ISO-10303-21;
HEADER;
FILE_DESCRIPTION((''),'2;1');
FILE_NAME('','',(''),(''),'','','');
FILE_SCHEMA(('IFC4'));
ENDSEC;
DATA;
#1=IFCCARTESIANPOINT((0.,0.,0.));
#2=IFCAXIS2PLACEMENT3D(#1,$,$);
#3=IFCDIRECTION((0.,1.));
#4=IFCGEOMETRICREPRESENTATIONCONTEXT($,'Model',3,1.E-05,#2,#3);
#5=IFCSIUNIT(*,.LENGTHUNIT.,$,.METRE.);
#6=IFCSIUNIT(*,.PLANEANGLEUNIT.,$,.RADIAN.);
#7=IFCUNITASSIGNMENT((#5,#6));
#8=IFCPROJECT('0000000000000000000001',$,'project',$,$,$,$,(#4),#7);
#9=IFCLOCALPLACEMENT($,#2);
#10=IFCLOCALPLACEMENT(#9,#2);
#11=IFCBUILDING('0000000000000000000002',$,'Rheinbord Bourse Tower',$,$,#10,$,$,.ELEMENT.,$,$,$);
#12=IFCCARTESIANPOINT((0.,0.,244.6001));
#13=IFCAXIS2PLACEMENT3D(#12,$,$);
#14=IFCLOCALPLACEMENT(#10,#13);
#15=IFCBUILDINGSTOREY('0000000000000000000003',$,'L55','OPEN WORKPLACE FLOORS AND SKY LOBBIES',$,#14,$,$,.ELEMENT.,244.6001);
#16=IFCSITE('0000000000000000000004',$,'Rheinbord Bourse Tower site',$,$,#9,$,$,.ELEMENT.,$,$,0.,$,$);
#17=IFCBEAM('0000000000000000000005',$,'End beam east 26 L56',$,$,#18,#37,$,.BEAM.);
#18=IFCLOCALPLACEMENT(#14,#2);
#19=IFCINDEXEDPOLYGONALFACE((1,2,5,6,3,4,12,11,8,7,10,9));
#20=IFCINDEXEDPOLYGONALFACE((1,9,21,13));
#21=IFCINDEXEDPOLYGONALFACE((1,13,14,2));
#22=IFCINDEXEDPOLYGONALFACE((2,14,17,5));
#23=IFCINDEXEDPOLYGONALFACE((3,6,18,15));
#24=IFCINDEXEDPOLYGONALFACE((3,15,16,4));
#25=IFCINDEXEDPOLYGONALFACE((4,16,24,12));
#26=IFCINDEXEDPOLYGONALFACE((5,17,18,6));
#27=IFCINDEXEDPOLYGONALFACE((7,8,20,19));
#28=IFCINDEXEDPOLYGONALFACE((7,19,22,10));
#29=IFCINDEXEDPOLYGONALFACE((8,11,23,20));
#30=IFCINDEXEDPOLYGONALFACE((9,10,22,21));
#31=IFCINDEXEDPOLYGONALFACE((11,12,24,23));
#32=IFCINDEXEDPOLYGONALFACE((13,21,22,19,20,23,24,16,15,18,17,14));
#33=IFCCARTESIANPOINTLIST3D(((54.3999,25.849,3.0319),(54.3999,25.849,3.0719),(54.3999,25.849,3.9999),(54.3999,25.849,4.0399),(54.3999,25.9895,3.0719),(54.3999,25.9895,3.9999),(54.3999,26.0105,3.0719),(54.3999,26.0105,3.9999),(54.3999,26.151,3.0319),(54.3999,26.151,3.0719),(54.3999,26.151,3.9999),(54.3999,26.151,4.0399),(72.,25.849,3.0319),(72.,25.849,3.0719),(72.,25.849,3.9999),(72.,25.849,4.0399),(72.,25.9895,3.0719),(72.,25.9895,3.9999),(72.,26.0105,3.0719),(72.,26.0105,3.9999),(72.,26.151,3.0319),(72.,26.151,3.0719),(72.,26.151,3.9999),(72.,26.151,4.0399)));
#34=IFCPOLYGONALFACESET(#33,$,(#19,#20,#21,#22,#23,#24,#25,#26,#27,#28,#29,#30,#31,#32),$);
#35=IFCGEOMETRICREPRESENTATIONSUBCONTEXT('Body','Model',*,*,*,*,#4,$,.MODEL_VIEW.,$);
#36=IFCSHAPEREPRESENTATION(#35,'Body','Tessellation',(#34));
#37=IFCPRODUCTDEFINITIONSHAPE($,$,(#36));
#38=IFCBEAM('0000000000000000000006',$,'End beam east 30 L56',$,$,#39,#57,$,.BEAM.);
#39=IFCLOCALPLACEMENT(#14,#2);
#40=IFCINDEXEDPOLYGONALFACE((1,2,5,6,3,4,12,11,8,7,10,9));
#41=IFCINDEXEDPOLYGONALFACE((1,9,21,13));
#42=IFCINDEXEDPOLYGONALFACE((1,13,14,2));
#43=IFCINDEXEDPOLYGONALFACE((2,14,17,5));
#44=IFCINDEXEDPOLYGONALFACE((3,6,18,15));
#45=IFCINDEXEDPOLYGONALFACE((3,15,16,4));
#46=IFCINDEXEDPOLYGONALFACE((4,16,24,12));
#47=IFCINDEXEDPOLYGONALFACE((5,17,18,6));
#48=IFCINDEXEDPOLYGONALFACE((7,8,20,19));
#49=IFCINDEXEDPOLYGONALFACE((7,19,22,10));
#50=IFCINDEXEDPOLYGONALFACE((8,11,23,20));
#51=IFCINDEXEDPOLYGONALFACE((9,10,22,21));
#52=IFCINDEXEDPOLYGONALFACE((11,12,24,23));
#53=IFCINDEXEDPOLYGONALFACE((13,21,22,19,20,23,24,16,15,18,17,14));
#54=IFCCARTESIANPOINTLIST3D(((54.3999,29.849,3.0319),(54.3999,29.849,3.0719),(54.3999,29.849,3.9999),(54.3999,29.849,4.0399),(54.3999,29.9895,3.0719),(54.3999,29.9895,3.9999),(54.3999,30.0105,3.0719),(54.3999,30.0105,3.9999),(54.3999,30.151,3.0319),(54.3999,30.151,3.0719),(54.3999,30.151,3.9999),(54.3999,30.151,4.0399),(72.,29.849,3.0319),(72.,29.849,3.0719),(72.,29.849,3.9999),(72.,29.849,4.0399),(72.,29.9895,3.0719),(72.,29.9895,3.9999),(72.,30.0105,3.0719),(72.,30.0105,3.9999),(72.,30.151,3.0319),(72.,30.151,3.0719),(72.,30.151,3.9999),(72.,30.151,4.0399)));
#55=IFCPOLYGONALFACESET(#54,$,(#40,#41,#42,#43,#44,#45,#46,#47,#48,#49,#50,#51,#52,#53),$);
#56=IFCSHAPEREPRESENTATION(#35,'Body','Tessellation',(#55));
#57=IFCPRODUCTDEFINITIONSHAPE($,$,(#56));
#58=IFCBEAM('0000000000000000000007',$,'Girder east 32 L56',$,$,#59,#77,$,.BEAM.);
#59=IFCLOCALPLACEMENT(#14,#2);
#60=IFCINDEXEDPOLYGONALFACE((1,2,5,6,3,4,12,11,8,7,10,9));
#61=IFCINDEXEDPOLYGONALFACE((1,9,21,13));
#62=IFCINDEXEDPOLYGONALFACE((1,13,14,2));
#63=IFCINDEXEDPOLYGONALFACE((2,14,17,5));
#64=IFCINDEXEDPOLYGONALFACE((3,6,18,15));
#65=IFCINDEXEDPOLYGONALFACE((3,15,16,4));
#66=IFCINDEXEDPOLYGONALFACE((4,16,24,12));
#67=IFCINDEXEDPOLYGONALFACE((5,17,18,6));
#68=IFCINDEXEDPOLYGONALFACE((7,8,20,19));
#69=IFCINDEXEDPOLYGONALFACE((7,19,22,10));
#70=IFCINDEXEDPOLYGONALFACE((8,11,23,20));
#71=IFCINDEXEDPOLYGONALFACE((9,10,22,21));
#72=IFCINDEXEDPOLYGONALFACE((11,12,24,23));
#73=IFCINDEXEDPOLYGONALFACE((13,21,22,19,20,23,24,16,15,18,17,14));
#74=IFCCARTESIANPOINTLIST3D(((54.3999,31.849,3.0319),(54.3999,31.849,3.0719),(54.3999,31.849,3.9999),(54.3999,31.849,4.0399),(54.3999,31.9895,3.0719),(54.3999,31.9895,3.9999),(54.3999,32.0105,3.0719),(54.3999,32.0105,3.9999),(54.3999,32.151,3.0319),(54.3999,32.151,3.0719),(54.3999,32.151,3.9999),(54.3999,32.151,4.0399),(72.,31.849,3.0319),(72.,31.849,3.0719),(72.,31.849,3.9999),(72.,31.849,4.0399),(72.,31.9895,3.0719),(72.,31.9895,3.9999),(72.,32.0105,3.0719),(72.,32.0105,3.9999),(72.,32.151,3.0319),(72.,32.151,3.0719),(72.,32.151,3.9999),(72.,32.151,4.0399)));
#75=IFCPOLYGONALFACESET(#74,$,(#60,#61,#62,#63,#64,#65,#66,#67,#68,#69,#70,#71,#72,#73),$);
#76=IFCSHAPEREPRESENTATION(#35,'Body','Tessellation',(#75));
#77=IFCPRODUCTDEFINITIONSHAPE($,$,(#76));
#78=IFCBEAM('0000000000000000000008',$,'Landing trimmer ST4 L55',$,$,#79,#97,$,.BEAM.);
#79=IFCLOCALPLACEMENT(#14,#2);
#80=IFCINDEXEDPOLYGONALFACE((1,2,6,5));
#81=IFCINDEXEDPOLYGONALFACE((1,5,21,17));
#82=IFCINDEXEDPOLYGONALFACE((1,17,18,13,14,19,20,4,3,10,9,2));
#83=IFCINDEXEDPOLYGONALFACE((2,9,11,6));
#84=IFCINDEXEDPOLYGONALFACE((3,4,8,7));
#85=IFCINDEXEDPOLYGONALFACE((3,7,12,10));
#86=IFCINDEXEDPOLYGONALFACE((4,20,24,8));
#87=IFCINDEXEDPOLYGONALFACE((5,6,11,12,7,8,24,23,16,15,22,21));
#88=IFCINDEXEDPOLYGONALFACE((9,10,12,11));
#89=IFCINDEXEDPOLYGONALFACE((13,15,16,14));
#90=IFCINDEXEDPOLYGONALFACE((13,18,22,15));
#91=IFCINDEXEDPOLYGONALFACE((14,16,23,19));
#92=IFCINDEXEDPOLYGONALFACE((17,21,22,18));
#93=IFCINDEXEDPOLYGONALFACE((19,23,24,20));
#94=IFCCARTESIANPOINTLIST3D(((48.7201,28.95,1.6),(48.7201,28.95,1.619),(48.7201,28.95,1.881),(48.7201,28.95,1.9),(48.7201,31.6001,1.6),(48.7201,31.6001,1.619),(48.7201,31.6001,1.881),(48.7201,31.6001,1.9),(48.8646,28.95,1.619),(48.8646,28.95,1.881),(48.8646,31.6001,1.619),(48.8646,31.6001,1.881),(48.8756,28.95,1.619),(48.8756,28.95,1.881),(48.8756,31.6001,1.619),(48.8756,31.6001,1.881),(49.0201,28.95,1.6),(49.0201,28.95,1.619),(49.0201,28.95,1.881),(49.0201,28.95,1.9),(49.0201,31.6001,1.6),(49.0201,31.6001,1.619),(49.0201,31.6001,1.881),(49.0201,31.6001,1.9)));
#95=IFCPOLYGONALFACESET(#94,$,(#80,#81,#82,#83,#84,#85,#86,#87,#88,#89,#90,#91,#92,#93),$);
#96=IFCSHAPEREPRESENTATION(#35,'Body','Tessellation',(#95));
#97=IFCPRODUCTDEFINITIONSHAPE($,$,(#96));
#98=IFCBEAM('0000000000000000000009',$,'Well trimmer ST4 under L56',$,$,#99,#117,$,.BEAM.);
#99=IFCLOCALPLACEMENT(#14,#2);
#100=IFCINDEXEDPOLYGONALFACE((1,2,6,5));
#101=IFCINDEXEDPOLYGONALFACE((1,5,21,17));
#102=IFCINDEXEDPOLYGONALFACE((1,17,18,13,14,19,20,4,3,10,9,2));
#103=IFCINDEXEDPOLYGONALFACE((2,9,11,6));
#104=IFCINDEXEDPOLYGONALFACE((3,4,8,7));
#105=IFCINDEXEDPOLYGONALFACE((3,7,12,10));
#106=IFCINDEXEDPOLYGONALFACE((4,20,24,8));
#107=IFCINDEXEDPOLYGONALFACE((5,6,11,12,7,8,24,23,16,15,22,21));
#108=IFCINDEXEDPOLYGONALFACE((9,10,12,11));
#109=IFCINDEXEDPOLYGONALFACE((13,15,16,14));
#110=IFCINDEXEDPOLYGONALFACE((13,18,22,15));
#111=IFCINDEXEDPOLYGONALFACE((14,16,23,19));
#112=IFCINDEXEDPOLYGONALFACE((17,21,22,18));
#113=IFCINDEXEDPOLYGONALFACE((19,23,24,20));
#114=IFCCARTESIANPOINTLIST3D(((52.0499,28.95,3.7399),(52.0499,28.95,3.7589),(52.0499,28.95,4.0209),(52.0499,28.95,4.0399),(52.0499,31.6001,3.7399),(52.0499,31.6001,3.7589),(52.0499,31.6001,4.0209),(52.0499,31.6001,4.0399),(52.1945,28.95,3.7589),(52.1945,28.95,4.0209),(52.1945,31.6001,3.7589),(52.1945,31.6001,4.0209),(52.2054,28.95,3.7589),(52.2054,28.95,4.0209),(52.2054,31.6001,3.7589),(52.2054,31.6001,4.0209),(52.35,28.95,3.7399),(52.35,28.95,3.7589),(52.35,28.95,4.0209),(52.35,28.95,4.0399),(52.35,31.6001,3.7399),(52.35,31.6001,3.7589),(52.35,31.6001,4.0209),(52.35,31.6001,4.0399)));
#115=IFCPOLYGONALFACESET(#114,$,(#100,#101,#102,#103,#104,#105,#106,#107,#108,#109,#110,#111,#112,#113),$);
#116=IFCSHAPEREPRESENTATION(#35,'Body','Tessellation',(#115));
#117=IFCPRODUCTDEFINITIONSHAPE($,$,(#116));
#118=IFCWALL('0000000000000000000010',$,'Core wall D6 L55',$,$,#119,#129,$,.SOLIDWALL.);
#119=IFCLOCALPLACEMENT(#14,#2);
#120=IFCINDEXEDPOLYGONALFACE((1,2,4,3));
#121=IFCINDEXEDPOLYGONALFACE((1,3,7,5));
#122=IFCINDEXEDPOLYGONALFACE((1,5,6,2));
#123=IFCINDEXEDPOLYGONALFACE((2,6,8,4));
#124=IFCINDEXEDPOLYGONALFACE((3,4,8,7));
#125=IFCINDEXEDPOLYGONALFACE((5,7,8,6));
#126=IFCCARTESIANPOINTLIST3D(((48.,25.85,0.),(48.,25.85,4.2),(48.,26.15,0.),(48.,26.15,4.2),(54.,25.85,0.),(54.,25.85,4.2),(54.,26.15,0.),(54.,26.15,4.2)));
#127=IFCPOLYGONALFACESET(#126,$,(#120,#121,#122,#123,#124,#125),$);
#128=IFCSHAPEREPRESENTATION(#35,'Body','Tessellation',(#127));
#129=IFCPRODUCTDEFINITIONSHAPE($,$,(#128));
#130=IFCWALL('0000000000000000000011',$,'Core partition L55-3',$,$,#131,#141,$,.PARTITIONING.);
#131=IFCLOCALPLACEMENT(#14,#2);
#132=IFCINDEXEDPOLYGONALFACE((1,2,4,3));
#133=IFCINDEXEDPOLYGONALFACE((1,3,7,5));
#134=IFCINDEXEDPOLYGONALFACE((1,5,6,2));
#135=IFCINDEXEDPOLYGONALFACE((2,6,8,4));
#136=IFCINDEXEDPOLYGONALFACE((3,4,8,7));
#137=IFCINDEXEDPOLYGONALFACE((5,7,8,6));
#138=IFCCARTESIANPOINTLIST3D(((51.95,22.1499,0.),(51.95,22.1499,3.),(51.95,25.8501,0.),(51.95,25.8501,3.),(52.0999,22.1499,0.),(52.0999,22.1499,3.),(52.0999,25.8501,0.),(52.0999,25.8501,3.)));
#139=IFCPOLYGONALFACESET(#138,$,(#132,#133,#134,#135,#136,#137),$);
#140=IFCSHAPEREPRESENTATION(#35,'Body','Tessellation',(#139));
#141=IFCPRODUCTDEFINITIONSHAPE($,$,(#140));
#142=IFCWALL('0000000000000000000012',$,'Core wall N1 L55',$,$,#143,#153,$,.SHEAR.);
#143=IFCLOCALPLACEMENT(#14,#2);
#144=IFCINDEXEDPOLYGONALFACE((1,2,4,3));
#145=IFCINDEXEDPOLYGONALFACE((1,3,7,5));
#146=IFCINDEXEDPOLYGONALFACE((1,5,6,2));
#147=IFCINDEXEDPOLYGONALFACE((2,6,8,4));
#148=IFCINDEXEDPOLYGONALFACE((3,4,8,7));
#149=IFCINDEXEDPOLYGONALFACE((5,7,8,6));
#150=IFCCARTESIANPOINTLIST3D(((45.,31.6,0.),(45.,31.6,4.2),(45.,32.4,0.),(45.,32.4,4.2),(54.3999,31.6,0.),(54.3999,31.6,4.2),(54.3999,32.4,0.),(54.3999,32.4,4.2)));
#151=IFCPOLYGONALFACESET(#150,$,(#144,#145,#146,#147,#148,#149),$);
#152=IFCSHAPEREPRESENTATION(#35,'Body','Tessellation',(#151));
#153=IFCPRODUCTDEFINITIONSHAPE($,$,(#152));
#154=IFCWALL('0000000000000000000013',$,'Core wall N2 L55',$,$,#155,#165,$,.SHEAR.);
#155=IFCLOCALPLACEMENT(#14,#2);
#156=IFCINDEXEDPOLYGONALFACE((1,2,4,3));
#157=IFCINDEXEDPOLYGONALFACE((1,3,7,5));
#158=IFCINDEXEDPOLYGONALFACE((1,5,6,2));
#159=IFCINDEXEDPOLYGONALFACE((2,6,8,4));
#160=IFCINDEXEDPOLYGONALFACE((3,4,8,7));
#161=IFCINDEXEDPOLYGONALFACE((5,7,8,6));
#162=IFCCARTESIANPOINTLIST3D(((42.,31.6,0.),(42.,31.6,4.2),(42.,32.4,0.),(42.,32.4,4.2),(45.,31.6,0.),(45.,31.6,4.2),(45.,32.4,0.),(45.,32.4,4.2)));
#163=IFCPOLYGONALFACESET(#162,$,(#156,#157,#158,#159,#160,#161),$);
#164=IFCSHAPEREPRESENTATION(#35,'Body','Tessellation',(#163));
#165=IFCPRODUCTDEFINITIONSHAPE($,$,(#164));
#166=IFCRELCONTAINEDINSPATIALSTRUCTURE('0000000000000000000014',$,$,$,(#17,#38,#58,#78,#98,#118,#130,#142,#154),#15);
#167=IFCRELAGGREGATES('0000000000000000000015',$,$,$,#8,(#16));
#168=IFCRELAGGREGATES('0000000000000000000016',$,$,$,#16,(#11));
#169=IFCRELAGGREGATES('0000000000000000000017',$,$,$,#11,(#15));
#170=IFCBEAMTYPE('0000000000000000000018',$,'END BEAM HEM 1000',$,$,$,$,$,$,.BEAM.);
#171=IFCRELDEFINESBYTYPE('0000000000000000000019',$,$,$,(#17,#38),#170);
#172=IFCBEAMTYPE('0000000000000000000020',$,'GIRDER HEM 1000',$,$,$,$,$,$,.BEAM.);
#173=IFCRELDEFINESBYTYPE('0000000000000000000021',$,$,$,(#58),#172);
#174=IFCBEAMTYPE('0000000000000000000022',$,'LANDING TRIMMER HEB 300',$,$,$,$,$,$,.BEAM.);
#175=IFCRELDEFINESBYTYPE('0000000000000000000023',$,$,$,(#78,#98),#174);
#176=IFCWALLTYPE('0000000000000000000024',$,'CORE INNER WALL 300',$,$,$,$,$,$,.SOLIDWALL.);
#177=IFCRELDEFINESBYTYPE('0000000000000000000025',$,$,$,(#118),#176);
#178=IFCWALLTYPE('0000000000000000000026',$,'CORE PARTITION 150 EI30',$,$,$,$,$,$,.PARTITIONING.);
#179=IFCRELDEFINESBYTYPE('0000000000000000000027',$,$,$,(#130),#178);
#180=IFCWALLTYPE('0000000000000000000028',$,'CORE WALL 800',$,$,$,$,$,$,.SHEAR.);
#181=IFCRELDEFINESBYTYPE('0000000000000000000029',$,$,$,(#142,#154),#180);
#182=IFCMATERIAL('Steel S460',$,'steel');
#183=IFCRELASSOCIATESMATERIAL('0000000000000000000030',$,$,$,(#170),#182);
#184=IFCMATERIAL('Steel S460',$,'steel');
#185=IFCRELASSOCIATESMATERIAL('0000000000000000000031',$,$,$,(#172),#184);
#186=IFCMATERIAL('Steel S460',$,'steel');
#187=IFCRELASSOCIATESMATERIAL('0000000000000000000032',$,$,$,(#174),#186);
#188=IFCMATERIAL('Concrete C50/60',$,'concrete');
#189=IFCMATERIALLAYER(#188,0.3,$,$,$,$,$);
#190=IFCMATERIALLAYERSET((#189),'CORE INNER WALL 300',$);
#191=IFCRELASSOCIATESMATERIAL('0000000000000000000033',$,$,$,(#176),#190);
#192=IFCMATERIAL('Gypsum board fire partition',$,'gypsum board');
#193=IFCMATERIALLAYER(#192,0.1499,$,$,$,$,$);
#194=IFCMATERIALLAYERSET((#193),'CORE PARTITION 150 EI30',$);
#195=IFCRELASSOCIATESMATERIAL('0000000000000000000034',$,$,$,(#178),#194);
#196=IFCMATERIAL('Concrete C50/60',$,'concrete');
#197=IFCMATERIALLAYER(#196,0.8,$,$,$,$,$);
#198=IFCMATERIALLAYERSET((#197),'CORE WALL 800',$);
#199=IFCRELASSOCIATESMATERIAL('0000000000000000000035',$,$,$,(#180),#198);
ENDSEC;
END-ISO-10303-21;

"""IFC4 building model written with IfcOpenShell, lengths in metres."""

from ifc_helpers import new_model, si_unit, direction, frame, frame_2d, origin, origin_2d, place, context, subcontext, project, spatial, rectangle, i_section, extrude, material, layer, layer_set, material_profile, profile_set, type_object, element, save


model = new_model("IFC4")

# Units and contexts
model_context = context("Model", 3, precision=1e-05, world=origin(), true_north=direction((0.0, 1.0)))
body_context = subcontext(model_context, "Body", "Model", "MODEL_VIEW")
ifc_project = project(units=[si_unit("LENGTHUNIT", "METRE"), si_unit("PLANEANGLEUNIT", "RADIAN")], contexts=[model_context])

# Site, building, storey
site_placement = place(None, origin())
site = spatial("IfcSite", under=ifc_project, at=site_placement, Name="Rheinbord Bourse Tower site", CompositionType="ELEMENT", RefElevation=0.0)
building_placement = place(site_placement, origin())
building = spatial("IfcBuilding", under=site, at=building_placement, Name="Rheinbord Bourse Tower", CompositionType="ELEMENT")
storey_placement = place(building_placement, frame((0.0, 0.0, 244.6001)))
storey = spatial("IfcBuildingStorey", under=building, at=storey_placement, Name="L55", Description="OPEN WORKPLACE FLOORS AND SKY LOBBIES", CompositionType="ELEMENT", Elevation=244.6001)

# Beams
ifc_material_1 = material(Name="Steel S460", Category="steel")
ifc_material_profile_1 = material_profile(ifc_material_1, i_section(OverallWidth=0.302, OverallDepth=1.0081, WebThickness=0.021, FlangeThickness=0.04, at=origin_2d()), Name="HEM 1000")
ifc_profile_set_1 = profile_set([ifc_material_profile_1], Name="Steel S460")
beam_type_1 = type_object("IfcBeamType", Name="END BEAM HEM 1000", PredefinedType="BEAM", material=ifc_profile_set_1)
for number, where, z_axis, x_axis, name in (
    (1, (54.3999, 26.0, 3.5359), (1.0, 0.0, 0.0), (0.0, 1.0, 0.0), "End beam east 26 L56"),
    (2, (54.3999, 30.0, 3.5359), (1.0, 0.0, 0.0), (0.0, 1.0, 0.0), "End beam east 30 L56"),
):
    element("IfcBeam", number, at=place(storey_placement, frame(where, z_axis=z_axis, x_axis=x_axis)), inside=storey, type_object=beam_type_1, Name=name, PredefinedType="BEAM", context=body_context, shape_type="SweptSolid", body=[
        extrude(i_section(OverallWidth=0.302, OverallDepth=1.0081, WebThickness=0.021, FlangeThickness=0.04, at=origin_2d()), origin(), (0.0, 0.0, 1.0), 17.6001),
    ])
ifc_material_2 = material(Name="Steel S460", Category="steel")
ifc_material_profile_2 = material_profile(ifc_material_2, i_section(OverallWidth=0.302, OverallDepth=1.0081, WebThickness=0.021, FlangeThickness=0.04, at=origin_2d()), Name="HEM 1000")
ifc_profile_set_2 = profile_set([ifc_material_profile_2], Name="Steel S460")
beam_type_2 = type_object("IfcBeamType", Name="GIRDER HEM 1000", PredefinedType="BEAM", material=ifc_profile_set_2)
beam_placement = place(storey_placement, frame((54.3999, 32.0, 3.5359), z_axis=(1.0, 0.0, 0.0), x_axis=(0.0, 1.0, 0.0)))
element("IfcBeam", 3, at=beam_placement, inside=storey, type_object=beam_type_2, Name="Girder east 32 L56", PredefinedType="BEAM", context=body_context, shape_type="SweptSolid", body=[
    extrude(i_section(OverallWidth=0.302, OverallDepth=1.0081, WebThickness=0.021, FlangeThickness=0.04, at=origin_2d()), origin(), (0.0, 0.0, 1.0), 17.6001),
])
ifc_material_3 = material(Name="Steel S460", Category="steel")
ifc_material_profile_3 = material_profile(ifc_material_3, i_section(OverallWidth=0.3, OverallDepth=0.3, WebThickness=0.011, FlangeThickness=0.019, at=origin_2d()), Name="HEB 300")
ifc_profile_set_3 = profile_set([ifc_material_profile_3], Name="Steel S460")
beam_type_3 = type_object("IfcBeamType", Name="LANDING TRIMMER HEB 300", PredefinedType="BEAM", material=ifc_profile_set_3)
for number, where, z_axis, x_axis, name in (
    (4, (48.8701, 28.95, 1.75), (0.0, 1.0, 0.0), (-1.0, 0.0, 0.0), "Landing trimmer ST4 L55"),
    (5, (52.2, 28.95, 3.8899), (0.0, 1.0, 0.0), (-1.0, 0.0, 0.0), "Well trimmer ST4 under L56"),
):
    element("IfcBeam", number, at=place(storey_placement, frame(where, z_axis=z_axis, x_axis=x_axis)), inside=storey, type_object=beam_type_3, Name=name, PredefinedType="BEAM", context=body_context, shape_type="SweptSolid", body=[
        extrude(i_section(OverallWidth=0.3, OverallDepth=0.3, WebThickness=0.011, FlangeThickness=0.019, at=origin_2d()), origin(), (0.0, 0.0, 1.0), 2.6501),
    ])

# Walls
ifc_material_4 = material(Name="Concrete C50/60", Category="concrete")
ifc_layer_1 = layer(ifc_material_4, 0.3)
ifc_layer_set_1 = layer_set([ifc_layer_1], Name="CORE INNER WALL 300")
wall_type_1 = type_object("IfcWallType", Name="CORE INNER WALL 300", PredefinedType="SOLIDWALL", material=ifc_layer_set_1)
wall_1_placement = place(storey_placement, frame((48.0, 26.0, 0.0), z_axis=(0.0, 0.0, 1.0), x_axis=(1.0, 0.0, 0.0)))
element("IfcWall", 6, at=wall_1_placement, inside=storey, type_object=wall_type_1, Name="Core wall D6 L55", PredefinedType="SOLIDWALL", context=body_context, shape_type="SweptSolid", body=[
    extrude(rectangle(XDim=6.0, YDim=0.3, at=frame_2d((3.0, 0.0))), origin(), (0.0, 0.0, 1.0), 4.2),
])
ifc_material_5 = material(Name="Gypsum board fire partition", Category="gypsum board")
ifc_layer_2 = layer(ifc_material_5, 0.1499)
ifc_layer_set_2 = layer_set([ifc_layer_2], Name="CORE PARTITION 150 EI30")
wall_type_2 = type_object("IfcWallType", Name="CORE PARTITION 150 EI30", PredefinedType="PARTITIONING", material=ifc_layer_set_2)
wall_2_placement = place(storey_placement, frame((52.0249, 22.1499, 0.0), z_axis=(0.0, 0.0, 1.0), x_axis=(0.0, 1.0, 0.0)))
element("IfcWall", 7, at=wall_2_placement, inside=storey, type_object=wall_type_2, Name="Core partition L55-3", PredefinedType="PARTITIONING", context=body_context, shape_type="SweptSolid", body=[
    extrude(rectangle(XDim=3.7002, YDim=0.1499, at=frame_2d((1.8501, 0.0))), origin(), (0.0, 0.0, 1.0), 3.0),
])
ifc_material_6 = material(Name="Concrete C50/60", Category="concrete")
ifc_layer_3 = layer(ifc_material_6, 0.8)
ifc_layer_set_3 = layer_set([ifc_layer_3], Name="CORE WALL 800")
wall_type_3 = type_object("IfcWallType", Name="CORE WALL 800", PredefinedType="SHEAR", material=ifc_layer_set_3)
wall_3_placement = place(storey_placement, frame((54.3999, 32.0, 0.0), z_axis=(0.0, 0.0, 1.0), x_axis=(-1.0, 0.0, 0.0)))
element("IfcWall", 8, at=wall_3_placement, inside=storey, type_object=wall_type_3, Name="Core wall N1 L55", PredefinedType="SHEAR", context=body_context, shape_type="SweptSolid", body=[
    extrude(rectangle(XDim=9.3999, YDim=0.8, at=frame_2d((4.7, 0.0))), origin(), (0.0, 0.0, 1.0), 4.2),
])
wall_4_placement = place(storey_placement, frame((45.0, 32.0, 0.0), z_axis=(0.0, 0.0, 1.0), x_axis=(-1.0, 0.0, 0.0)))
element("IfcWall", 9, at=wall_4_placement, inside=storey, type_object=wall_type_3, Name="Core wall N2 L55", PredefinedType="SHEAR", context=body_context, shape_type="SweptSolid", body=[
    extrude(rectangle(XDim=3.0, YDim=0.8, at=frame_2d((1.5, 0.0))), origin(), (0.0, 0.0, 1.0), 4.2),
])

save(model, "model.ifc")
